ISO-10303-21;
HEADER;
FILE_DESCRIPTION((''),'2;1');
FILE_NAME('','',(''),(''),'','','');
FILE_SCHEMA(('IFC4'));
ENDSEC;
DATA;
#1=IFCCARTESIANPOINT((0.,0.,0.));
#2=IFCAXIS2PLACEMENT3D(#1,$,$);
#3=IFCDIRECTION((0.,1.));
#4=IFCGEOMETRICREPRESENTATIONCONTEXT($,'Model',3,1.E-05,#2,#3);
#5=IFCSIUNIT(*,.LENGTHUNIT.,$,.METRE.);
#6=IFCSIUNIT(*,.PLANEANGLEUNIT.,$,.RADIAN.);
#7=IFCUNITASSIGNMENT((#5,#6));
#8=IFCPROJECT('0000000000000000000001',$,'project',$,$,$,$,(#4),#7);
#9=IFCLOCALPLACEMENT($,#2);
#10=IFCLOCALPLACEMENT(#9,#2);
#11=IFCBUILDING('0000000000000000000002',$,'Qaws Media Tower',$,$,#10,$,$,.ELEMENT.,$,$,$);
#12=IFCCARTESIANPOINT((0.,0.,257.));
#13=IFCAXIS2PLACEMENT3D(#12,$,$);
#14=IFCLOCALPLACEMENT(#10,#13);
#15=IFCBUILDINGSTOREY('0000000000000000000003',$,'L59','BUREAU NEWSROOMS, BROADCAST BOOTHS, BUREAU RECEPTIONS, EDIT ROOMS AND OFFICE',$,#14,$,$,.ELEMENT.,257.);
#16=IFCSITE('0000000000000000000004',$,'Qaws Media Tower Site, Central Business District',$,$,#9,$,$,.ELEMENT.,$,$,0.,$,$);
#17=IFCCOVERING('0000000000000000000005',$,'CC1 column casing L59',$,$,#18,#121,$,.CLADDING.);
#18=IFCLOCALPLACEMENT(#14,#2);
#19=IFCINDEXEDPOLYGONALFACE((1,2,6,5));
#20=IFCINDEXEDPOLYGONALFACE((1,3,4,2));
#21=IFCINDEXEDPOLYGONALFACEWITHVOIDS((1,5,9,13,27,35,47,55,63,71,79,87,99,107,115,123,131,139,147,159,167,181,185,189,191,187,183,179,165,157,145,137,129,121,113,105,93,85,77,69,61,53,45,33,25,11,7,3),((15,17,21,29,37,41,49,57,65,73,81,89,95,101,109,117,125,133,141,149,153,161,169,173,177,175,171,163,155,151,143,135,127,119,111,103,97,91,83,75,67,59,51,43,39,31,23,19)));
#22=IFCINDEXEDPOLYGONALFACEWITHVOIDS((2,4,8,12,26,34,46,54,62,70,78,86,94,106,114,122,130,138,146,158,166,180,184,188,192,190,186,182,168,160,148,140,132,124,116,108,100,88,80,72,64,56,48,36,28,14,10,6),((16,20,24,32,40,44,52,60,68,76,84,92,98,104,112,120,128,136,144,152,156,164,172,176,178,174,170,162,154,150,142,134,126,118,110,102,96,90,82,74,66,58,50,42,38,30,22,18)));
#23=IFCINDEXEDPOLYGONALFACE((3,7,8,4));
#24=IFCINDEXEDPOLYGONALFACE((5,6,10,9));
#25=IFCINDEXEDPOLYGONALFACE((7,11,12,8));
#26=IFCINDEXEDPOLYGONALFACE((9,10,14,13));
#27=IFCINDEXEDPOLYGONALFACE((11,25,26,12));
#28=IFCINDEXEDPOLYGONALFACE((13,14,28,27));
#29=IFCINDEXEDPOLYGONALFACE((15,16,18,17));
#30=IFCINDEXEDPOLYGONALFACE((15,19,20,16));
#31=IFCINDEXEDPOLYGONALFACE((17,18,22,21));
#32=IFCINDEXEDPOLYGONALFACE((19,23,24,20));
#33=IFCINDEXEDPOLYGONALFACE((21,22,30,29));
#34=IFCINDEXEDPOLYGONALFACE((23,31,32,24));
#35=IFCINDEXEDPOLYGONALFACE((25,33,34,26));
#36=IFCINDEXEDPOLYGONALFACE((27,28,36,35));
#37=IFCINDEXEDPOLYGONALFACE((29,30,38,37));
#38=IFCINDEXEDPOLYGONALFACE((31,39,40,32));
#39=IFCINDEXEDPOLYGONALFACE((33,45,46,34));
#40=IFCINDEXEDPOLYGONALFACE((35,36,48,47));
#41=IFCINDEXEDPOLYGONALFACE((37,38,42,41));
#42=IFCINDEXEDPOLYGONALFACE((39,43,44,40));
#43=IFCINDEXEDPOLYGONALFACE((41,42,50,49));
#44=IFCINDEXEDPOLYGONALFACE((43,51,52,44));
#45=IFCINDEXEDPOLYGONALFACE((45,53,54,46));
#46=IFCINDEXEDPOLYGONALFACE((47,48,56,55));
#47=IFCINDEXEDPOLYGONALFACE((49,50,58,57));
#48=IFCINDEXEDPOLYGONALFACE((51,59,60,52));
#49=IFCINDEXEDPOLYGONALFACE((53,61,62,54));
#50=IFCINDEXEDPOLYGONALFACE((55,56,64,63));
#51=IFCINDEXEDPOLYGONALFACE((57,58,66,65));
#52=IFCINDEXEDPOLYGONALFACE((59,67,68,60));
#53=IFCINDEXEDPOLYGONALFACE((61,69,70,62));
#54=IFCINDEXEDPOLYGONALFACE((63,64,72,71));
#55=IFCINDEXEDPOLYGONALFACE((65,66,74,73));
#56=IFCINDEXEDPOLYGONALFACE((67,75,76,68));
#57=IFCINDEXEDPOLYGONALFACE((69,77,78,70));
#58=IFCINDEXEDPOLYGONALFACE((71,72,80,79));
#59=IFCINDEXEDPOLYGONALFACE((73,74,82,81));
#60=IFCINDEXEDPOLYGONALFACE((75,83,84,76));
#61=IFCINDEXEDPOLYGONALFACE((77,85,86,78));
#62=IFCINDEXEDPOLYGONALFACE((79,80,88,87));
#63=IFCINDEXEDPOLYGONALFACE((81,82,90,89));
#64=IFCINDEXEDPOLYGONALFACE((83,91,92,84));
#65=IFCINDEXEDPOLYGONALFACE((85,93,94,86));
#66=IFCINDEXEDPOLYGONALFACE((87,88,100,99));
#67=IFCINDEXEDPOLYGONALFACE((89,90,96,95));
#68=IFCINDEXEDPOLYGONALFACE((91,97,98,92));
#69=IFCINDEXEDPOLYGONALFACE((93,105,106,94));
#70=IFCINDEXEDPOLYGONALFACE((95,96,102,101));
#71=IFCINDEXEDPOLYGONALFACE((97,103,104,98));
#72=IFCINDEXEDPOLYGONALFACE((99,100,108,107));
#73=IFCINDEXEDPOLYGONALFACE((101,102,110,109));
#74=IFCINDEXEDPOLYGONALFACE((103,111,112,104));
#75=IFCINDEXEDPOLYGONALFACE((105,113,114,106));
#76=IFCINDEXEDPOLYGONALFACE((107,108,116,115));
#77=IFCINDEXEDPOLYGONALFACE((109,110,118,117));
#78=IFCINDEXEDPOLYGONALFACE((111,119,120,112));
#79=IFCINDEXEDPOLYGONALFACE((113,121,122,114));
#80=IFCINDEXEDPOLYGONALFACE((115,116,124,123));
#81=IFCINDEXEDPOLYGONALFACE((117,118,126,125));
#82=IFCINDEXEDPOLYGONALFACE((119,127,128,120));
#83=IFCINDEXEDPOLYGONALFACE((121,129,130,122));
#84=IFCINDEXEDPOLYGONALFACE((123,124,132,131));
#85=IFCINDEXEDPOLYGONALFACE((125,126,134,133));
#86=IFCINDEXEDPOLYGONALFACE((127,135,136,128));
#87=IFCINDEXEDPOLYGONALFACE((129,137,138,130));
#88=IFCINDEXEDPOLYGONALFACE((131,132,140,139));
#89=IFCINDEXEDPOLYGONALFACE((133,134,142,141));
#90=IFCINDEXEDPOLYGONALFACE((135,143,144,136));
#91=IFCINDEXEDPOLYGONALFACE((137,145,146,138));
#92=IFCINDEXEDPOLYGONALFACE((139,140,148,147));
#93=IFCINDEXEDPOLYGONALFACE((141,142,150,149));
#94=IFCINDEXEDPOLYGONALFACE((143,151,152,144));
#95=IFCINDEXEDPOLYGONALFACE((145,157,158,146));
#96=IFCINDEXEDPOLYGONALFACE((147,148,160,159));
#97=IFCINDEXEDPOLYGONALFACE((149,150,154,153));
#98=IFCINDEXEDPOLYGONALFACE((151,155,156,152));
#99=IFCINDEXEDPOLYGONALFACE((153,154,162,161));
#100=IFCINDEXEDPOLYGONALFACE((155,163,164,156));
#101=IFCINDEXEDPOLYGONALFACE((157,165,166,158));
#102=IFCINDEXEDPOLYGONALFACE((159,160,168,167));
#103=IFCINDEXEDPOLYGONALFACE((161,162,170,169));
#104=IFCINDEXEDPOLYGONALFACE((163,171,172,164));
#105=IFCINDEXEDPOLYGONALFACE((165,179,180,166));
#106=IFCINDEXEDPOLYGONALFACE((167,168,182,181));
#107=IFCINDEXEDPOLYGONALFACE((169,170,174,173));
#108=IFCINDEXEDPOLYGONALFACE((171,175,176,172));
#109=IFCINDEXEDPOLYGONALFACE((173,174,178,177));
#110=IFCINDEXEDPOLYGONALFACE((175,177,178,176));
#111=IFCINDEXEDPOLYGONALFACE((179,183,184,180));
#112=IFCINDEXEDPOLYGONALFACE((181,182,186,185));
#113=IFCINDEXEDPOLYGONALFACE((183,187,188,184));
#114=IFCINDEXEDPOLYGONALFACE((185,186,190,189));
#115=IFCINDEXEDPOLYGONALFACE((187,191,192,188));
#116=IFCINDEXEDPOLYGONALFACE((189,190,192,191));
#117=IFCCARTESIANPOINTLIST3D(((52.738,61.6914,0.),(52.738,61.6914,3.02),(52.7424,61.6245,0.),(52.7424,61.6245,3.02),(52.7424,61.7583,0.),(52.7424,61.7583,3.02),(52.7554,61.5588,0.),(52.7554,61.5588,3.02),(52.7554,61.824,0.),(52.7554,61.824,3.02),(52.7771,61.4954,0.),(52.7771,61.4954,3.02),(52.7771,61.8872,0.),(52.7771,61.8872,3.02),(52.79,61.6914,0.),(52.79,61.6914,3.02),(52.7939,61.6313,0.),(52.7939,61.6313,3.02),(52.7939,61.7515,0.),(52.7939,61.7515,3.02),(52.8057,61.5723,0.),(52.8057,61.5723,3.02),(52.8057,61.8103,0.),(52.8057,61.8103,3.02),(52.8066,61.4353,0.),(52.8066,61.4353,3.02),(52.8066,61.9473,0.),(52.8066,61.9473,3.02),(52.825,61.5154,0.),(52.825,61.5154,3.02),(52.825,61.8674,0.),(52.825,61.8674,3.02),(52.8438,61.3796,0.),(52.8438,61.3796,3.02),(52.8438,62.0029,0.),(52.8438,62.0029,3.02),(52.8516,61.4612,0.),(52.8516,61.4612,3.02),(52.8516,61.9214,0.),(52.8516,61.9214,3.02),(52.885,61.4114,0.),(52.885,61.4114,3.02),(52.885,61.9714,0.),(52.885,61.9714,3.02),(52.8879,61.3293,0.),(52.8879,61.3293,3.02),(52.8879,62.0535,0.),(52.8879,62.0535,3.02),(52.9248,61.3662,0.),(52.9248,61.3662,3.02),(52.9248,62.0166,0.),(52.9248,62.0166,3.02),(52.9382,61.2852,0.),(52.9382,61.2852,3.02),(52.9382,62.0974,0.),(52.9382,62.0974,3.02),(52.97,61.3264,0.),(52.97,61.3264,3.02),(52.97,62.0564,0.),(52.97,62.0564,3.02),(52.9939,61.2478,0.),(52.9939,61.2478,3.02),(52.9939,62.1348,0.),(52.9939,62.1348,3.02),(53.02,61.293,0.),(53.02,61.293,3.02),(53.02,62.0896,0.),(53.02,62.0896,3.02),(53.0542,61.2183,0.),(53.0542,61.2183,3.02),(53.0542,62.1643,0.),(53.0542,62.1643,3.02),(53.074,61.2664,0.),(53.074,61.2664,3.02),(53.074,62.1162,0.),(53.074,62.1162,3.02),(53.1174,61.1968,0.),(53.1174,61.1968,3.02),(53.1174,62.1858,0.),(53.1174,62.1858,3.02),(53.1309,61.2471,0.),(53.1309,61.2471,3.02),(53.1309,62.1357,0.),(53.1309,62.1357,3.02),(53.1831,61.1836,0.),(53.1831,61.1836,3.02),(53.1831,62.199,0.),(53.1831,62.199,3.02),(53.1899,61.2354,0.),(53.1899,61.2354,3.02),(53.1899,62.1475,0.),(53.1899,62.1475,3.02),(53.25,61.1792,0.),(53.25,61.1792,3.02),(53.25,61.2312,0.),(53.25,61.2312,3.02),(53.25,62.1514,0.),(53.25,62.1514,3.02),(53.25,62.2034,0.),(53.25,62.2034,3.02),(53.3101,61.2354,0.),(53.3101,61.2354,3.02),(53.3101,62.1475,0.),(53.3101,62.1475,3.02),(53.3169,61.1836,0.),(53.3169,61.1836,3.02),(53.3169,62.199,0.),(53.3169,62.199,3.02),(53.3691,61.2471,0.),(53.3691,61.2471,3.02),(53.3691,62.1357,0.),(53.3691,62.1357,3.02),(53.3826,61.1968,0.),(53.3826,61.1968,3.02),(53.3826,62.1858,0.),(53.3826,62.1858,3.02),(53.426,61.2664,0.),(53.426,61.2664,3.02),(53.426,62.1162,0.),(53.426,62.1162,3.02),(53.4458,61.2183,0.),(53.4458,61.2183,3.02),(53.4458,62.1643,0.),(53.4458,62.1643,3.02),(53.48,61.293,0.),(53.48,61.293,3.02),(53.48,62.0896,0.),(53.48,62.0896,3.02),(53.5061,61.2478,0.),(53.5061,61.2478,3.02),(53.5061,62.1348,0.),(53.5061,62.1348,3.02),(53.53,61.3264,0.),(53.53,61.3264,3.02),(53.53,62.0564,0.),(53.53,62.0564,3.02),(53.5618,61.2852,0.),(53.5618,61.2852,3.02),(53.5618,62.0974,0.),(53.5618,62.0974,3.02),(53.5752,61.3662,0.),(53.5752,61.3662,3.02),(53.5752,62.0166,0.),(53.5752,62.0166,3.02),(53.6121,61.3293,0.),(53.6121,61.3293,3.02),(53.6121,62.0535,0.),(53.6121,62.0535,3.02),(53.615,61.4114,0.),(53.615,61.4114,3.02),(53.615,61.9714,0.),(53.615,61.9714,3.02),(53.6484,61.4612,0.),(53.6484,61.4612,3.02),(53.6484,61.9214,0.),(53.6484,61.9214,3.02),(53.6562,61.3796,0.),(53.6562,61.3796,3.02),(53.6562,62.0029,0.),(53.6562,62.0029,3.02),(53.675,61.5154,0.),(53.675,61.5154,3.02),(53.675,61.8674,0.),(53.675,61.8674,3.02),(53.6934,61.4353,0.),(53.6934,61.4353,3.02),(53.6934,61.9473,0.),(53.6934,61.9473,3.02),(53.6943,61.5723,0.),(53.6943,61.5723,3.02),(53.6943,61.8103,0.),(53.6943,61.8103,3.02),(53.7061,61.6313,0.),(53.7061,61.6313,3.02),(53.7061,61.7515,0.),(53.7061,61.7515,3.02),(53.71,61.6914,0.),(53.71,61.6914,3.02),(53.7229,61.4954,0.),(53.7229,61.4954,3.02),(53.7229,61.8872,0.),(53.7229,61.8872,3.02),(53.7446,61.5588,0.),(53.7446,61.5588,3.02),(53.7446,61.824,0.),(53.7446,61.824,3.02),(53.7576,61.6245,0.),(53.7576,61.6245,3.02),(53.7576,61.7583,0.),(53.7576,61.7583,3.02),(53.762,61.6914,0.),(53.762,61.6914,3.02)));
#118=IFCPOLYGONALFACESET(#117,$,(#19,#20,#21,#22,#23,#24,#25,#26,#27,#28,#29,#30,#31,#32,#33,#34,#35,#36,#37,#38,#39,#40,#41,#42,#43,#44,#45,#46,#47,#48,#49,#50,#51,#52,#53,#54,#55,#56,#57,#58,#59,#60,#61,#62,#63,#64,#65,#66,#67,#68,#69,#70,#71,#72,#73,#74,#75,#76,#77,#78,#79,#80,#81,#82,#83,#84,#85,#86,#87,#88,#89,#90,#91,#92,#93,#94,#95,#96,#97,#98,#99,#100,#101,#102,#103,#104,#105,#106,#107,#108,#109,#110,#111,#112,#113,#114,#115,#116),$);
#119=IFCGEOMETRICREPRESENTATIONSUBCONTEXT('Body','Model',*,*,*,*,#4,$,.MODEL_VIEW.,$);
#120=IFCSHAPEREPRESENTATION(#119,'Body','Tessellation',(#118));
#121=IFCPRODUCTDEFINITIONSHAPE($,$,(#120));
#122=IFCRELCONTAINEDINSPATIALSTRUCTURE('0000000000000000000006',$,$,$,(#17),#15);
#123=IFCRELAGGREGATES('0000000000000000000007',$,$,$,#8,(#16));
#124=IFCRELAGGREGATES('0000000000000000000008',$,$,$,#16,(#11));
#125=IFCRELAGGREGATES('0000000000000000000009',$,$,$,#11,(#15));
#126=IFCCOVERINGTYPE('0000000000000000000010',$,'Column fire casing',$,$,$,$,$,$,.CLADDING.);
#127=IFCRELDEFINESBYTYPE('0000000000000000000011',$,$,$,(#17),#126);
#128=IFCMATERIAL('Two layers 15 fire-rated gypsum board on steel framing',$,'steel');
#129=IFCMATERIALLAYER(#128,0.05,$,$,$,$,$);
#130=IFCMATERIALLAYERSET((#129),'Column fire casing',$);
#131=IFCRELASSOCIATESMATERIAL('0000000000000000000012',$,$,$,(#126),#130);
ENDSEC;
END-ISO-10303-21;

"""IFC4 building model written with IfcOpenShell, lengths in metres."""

from ifc_helpers import new_model, si_unit, direction, frame, origin, place, context, subcontext, project, spatial, polyline, outline, extrude, material, layer, layer_set, type_object, element, save


model = new_model("IFC4")

# Units and contexts
model_context = context("Model", 3, precision=1e-05, world=origin(), true_north=direction((0.0, 1.0)))
body_context = subcontext(model_context, "Body", "Model", "MODEL_VIEW")
ifc_project = project(units=[si_unit("LENGTHUNIT", "METRE"), si_unit("PLANEANGLEUNIT", "RADIAN")], contexts=[model_context])

# Site, building, storey
site_placement = place(None, origin())
site = spatial("IfcSite", under=ifc_project, at=site_placement, Name="Qaws Media Tower Site, Central Business District", CompositionType="ELEMENT", RefElevation=0.0)
building_placement = place(site_placement, origin())
building = spatial("IfcBuilding", under=site, at=building_placement, Name="Qaws Media Tower", CompositionType="ELEMENT")
storey_placement = place(building_placement, frame((0.0, 0.0, 257.0)))
storey = spatial("IfcBuildingStorey", under=building, at=storey_placement, Name="L59", Description="BUREAU NEWSROOMS, BROADCAST BOOTHS, BUREAU RECEPTIONS, EDIT ROOMS AND OFFICE", CompositionType="ELEMENT", Elevation=257.0)

# Covering
ifc_material_1 = material(Name="Two layers 15 fire-rated gypsum board on steel framing", Category="steel")
ifc_layer_1 = layer(ifc_material_1, 0.05)
ifc_layer_set_1 = layer_set([ifc_layer_1], Name="Column fire casing")
covering_type = type_object("IfcCoveringType", Name="Column fire casing", PredefinedType="CLADDING", material=ifc_layer_set_1)
covering_1_placement = place(storey_placement, origin())
element("IfcCovering", 1, at=covering_1_placement, inside=storey, type_object=covering_type, Name="CC1 column casing L59", PredefinedType="CLADDING", context=body_context, shape_type="SweptSolid", body=[
    extrude(outline(polyline([(53.762, 61.6914), (53.7576, 61.6245), (53.7446, 61.5588), (53.7229, 61.4954), (53.6934, 61.4353), (53.6562, 61.3796), (53.6121, 61.3293), (53.5618, 61.2852), (53.5061, 61.2478), (53.4458, 61.2183), (53.3826, 61.1968), (53.3169, 61.1836), (53.25, 61.1792), (53.1831, 61.1836), (53.1174, 61.1968), (53.0542, 61.2183), (52.9939, 61.2478), (52.9382, 61.2852), (52.8879, 61.3293), (52.8438, 61.3796), (52.8066, 61.4353), (52.7771, 61.4954), (52.7554, 61.5588), (52.7424, 61.6245), (52.738, 61.6914), (52.7424, 61.7583), (52.7554, 61.824), (52.7771, 61.8872), (52.8066, 61.9473), (52.8438, 62.0029), (52.8879, 62.0535), (52.9382, 62.0974), (52.9939, 62.1348), (53.0542, 62.1643), (53.1174, 62.1858), (53.1831, 62.199), (53.25, 62.2034), (53.3169, 62.199), (53.3826, 62.1858), (53.4458, 62.1643), (53.5061, 62.1348), (53.5618, 62.0974), (53.6121, 62.0535), (53.6562, 62.0029), (53.6934, 61.9473), (53.7229, 61.8872), (53.7446, 61.824), (53.7576, 61.7583), (53.762, 61.6914)]), holes=[polyline([(53.71, 61.6914), (53.7061, 61.6313), (53.6943, 61.5723), (53.675, 61.5154), (53.6484, 61.4612), (53.615, 61.4114), (53.5752, 61.3662), (53.53, 61.3264), (53.48, 61.293), (53.426, 61.2664), (53.3691, 61.2471), (53.3101, 61.2354), (53.25, 61.2312), (53.1899, 61.2354), (53.1309, 61.2471), (53.074, 61.2664), (53.02, 61.293), (52.97, 61.3264), (52.9248, 61.3662), (52.885, 61.4114), (52.8516, 61.4612), (52.825, 61.5154), (52.8057, 61.5723), (52.7939, 61.6313), (52.79, 61.6914), (52.7939, 61.7515), (52.8057, 61.8103), (52.825, 61.8674), (52.8516, 61.9214), (52.885, 61.9714), (52.9248, 62.0166), (52.97, 62.0564), (53.02, 62.0896), (53.074, 62.1162), (53.1309, 62.1357), (53.1899, 62.1475), (53.25, 62.1514), (53.3101, 62.1475), (53.3691, 62.1357), (53.426, 62.1162), (53.48, 62.0896), (53.53, 62.0564), (53.5752, 62.0166), (53.615, 61.9714), (53.6484, 61.9214), (53.675, 61.8674), (53.6943, 61.8103), (53.7061, 61.7515), (53.71, 61.6914)])]), origin(), (0.0, 0.0, 1.0), 3.02),
])

save(model, "model.ifc")
